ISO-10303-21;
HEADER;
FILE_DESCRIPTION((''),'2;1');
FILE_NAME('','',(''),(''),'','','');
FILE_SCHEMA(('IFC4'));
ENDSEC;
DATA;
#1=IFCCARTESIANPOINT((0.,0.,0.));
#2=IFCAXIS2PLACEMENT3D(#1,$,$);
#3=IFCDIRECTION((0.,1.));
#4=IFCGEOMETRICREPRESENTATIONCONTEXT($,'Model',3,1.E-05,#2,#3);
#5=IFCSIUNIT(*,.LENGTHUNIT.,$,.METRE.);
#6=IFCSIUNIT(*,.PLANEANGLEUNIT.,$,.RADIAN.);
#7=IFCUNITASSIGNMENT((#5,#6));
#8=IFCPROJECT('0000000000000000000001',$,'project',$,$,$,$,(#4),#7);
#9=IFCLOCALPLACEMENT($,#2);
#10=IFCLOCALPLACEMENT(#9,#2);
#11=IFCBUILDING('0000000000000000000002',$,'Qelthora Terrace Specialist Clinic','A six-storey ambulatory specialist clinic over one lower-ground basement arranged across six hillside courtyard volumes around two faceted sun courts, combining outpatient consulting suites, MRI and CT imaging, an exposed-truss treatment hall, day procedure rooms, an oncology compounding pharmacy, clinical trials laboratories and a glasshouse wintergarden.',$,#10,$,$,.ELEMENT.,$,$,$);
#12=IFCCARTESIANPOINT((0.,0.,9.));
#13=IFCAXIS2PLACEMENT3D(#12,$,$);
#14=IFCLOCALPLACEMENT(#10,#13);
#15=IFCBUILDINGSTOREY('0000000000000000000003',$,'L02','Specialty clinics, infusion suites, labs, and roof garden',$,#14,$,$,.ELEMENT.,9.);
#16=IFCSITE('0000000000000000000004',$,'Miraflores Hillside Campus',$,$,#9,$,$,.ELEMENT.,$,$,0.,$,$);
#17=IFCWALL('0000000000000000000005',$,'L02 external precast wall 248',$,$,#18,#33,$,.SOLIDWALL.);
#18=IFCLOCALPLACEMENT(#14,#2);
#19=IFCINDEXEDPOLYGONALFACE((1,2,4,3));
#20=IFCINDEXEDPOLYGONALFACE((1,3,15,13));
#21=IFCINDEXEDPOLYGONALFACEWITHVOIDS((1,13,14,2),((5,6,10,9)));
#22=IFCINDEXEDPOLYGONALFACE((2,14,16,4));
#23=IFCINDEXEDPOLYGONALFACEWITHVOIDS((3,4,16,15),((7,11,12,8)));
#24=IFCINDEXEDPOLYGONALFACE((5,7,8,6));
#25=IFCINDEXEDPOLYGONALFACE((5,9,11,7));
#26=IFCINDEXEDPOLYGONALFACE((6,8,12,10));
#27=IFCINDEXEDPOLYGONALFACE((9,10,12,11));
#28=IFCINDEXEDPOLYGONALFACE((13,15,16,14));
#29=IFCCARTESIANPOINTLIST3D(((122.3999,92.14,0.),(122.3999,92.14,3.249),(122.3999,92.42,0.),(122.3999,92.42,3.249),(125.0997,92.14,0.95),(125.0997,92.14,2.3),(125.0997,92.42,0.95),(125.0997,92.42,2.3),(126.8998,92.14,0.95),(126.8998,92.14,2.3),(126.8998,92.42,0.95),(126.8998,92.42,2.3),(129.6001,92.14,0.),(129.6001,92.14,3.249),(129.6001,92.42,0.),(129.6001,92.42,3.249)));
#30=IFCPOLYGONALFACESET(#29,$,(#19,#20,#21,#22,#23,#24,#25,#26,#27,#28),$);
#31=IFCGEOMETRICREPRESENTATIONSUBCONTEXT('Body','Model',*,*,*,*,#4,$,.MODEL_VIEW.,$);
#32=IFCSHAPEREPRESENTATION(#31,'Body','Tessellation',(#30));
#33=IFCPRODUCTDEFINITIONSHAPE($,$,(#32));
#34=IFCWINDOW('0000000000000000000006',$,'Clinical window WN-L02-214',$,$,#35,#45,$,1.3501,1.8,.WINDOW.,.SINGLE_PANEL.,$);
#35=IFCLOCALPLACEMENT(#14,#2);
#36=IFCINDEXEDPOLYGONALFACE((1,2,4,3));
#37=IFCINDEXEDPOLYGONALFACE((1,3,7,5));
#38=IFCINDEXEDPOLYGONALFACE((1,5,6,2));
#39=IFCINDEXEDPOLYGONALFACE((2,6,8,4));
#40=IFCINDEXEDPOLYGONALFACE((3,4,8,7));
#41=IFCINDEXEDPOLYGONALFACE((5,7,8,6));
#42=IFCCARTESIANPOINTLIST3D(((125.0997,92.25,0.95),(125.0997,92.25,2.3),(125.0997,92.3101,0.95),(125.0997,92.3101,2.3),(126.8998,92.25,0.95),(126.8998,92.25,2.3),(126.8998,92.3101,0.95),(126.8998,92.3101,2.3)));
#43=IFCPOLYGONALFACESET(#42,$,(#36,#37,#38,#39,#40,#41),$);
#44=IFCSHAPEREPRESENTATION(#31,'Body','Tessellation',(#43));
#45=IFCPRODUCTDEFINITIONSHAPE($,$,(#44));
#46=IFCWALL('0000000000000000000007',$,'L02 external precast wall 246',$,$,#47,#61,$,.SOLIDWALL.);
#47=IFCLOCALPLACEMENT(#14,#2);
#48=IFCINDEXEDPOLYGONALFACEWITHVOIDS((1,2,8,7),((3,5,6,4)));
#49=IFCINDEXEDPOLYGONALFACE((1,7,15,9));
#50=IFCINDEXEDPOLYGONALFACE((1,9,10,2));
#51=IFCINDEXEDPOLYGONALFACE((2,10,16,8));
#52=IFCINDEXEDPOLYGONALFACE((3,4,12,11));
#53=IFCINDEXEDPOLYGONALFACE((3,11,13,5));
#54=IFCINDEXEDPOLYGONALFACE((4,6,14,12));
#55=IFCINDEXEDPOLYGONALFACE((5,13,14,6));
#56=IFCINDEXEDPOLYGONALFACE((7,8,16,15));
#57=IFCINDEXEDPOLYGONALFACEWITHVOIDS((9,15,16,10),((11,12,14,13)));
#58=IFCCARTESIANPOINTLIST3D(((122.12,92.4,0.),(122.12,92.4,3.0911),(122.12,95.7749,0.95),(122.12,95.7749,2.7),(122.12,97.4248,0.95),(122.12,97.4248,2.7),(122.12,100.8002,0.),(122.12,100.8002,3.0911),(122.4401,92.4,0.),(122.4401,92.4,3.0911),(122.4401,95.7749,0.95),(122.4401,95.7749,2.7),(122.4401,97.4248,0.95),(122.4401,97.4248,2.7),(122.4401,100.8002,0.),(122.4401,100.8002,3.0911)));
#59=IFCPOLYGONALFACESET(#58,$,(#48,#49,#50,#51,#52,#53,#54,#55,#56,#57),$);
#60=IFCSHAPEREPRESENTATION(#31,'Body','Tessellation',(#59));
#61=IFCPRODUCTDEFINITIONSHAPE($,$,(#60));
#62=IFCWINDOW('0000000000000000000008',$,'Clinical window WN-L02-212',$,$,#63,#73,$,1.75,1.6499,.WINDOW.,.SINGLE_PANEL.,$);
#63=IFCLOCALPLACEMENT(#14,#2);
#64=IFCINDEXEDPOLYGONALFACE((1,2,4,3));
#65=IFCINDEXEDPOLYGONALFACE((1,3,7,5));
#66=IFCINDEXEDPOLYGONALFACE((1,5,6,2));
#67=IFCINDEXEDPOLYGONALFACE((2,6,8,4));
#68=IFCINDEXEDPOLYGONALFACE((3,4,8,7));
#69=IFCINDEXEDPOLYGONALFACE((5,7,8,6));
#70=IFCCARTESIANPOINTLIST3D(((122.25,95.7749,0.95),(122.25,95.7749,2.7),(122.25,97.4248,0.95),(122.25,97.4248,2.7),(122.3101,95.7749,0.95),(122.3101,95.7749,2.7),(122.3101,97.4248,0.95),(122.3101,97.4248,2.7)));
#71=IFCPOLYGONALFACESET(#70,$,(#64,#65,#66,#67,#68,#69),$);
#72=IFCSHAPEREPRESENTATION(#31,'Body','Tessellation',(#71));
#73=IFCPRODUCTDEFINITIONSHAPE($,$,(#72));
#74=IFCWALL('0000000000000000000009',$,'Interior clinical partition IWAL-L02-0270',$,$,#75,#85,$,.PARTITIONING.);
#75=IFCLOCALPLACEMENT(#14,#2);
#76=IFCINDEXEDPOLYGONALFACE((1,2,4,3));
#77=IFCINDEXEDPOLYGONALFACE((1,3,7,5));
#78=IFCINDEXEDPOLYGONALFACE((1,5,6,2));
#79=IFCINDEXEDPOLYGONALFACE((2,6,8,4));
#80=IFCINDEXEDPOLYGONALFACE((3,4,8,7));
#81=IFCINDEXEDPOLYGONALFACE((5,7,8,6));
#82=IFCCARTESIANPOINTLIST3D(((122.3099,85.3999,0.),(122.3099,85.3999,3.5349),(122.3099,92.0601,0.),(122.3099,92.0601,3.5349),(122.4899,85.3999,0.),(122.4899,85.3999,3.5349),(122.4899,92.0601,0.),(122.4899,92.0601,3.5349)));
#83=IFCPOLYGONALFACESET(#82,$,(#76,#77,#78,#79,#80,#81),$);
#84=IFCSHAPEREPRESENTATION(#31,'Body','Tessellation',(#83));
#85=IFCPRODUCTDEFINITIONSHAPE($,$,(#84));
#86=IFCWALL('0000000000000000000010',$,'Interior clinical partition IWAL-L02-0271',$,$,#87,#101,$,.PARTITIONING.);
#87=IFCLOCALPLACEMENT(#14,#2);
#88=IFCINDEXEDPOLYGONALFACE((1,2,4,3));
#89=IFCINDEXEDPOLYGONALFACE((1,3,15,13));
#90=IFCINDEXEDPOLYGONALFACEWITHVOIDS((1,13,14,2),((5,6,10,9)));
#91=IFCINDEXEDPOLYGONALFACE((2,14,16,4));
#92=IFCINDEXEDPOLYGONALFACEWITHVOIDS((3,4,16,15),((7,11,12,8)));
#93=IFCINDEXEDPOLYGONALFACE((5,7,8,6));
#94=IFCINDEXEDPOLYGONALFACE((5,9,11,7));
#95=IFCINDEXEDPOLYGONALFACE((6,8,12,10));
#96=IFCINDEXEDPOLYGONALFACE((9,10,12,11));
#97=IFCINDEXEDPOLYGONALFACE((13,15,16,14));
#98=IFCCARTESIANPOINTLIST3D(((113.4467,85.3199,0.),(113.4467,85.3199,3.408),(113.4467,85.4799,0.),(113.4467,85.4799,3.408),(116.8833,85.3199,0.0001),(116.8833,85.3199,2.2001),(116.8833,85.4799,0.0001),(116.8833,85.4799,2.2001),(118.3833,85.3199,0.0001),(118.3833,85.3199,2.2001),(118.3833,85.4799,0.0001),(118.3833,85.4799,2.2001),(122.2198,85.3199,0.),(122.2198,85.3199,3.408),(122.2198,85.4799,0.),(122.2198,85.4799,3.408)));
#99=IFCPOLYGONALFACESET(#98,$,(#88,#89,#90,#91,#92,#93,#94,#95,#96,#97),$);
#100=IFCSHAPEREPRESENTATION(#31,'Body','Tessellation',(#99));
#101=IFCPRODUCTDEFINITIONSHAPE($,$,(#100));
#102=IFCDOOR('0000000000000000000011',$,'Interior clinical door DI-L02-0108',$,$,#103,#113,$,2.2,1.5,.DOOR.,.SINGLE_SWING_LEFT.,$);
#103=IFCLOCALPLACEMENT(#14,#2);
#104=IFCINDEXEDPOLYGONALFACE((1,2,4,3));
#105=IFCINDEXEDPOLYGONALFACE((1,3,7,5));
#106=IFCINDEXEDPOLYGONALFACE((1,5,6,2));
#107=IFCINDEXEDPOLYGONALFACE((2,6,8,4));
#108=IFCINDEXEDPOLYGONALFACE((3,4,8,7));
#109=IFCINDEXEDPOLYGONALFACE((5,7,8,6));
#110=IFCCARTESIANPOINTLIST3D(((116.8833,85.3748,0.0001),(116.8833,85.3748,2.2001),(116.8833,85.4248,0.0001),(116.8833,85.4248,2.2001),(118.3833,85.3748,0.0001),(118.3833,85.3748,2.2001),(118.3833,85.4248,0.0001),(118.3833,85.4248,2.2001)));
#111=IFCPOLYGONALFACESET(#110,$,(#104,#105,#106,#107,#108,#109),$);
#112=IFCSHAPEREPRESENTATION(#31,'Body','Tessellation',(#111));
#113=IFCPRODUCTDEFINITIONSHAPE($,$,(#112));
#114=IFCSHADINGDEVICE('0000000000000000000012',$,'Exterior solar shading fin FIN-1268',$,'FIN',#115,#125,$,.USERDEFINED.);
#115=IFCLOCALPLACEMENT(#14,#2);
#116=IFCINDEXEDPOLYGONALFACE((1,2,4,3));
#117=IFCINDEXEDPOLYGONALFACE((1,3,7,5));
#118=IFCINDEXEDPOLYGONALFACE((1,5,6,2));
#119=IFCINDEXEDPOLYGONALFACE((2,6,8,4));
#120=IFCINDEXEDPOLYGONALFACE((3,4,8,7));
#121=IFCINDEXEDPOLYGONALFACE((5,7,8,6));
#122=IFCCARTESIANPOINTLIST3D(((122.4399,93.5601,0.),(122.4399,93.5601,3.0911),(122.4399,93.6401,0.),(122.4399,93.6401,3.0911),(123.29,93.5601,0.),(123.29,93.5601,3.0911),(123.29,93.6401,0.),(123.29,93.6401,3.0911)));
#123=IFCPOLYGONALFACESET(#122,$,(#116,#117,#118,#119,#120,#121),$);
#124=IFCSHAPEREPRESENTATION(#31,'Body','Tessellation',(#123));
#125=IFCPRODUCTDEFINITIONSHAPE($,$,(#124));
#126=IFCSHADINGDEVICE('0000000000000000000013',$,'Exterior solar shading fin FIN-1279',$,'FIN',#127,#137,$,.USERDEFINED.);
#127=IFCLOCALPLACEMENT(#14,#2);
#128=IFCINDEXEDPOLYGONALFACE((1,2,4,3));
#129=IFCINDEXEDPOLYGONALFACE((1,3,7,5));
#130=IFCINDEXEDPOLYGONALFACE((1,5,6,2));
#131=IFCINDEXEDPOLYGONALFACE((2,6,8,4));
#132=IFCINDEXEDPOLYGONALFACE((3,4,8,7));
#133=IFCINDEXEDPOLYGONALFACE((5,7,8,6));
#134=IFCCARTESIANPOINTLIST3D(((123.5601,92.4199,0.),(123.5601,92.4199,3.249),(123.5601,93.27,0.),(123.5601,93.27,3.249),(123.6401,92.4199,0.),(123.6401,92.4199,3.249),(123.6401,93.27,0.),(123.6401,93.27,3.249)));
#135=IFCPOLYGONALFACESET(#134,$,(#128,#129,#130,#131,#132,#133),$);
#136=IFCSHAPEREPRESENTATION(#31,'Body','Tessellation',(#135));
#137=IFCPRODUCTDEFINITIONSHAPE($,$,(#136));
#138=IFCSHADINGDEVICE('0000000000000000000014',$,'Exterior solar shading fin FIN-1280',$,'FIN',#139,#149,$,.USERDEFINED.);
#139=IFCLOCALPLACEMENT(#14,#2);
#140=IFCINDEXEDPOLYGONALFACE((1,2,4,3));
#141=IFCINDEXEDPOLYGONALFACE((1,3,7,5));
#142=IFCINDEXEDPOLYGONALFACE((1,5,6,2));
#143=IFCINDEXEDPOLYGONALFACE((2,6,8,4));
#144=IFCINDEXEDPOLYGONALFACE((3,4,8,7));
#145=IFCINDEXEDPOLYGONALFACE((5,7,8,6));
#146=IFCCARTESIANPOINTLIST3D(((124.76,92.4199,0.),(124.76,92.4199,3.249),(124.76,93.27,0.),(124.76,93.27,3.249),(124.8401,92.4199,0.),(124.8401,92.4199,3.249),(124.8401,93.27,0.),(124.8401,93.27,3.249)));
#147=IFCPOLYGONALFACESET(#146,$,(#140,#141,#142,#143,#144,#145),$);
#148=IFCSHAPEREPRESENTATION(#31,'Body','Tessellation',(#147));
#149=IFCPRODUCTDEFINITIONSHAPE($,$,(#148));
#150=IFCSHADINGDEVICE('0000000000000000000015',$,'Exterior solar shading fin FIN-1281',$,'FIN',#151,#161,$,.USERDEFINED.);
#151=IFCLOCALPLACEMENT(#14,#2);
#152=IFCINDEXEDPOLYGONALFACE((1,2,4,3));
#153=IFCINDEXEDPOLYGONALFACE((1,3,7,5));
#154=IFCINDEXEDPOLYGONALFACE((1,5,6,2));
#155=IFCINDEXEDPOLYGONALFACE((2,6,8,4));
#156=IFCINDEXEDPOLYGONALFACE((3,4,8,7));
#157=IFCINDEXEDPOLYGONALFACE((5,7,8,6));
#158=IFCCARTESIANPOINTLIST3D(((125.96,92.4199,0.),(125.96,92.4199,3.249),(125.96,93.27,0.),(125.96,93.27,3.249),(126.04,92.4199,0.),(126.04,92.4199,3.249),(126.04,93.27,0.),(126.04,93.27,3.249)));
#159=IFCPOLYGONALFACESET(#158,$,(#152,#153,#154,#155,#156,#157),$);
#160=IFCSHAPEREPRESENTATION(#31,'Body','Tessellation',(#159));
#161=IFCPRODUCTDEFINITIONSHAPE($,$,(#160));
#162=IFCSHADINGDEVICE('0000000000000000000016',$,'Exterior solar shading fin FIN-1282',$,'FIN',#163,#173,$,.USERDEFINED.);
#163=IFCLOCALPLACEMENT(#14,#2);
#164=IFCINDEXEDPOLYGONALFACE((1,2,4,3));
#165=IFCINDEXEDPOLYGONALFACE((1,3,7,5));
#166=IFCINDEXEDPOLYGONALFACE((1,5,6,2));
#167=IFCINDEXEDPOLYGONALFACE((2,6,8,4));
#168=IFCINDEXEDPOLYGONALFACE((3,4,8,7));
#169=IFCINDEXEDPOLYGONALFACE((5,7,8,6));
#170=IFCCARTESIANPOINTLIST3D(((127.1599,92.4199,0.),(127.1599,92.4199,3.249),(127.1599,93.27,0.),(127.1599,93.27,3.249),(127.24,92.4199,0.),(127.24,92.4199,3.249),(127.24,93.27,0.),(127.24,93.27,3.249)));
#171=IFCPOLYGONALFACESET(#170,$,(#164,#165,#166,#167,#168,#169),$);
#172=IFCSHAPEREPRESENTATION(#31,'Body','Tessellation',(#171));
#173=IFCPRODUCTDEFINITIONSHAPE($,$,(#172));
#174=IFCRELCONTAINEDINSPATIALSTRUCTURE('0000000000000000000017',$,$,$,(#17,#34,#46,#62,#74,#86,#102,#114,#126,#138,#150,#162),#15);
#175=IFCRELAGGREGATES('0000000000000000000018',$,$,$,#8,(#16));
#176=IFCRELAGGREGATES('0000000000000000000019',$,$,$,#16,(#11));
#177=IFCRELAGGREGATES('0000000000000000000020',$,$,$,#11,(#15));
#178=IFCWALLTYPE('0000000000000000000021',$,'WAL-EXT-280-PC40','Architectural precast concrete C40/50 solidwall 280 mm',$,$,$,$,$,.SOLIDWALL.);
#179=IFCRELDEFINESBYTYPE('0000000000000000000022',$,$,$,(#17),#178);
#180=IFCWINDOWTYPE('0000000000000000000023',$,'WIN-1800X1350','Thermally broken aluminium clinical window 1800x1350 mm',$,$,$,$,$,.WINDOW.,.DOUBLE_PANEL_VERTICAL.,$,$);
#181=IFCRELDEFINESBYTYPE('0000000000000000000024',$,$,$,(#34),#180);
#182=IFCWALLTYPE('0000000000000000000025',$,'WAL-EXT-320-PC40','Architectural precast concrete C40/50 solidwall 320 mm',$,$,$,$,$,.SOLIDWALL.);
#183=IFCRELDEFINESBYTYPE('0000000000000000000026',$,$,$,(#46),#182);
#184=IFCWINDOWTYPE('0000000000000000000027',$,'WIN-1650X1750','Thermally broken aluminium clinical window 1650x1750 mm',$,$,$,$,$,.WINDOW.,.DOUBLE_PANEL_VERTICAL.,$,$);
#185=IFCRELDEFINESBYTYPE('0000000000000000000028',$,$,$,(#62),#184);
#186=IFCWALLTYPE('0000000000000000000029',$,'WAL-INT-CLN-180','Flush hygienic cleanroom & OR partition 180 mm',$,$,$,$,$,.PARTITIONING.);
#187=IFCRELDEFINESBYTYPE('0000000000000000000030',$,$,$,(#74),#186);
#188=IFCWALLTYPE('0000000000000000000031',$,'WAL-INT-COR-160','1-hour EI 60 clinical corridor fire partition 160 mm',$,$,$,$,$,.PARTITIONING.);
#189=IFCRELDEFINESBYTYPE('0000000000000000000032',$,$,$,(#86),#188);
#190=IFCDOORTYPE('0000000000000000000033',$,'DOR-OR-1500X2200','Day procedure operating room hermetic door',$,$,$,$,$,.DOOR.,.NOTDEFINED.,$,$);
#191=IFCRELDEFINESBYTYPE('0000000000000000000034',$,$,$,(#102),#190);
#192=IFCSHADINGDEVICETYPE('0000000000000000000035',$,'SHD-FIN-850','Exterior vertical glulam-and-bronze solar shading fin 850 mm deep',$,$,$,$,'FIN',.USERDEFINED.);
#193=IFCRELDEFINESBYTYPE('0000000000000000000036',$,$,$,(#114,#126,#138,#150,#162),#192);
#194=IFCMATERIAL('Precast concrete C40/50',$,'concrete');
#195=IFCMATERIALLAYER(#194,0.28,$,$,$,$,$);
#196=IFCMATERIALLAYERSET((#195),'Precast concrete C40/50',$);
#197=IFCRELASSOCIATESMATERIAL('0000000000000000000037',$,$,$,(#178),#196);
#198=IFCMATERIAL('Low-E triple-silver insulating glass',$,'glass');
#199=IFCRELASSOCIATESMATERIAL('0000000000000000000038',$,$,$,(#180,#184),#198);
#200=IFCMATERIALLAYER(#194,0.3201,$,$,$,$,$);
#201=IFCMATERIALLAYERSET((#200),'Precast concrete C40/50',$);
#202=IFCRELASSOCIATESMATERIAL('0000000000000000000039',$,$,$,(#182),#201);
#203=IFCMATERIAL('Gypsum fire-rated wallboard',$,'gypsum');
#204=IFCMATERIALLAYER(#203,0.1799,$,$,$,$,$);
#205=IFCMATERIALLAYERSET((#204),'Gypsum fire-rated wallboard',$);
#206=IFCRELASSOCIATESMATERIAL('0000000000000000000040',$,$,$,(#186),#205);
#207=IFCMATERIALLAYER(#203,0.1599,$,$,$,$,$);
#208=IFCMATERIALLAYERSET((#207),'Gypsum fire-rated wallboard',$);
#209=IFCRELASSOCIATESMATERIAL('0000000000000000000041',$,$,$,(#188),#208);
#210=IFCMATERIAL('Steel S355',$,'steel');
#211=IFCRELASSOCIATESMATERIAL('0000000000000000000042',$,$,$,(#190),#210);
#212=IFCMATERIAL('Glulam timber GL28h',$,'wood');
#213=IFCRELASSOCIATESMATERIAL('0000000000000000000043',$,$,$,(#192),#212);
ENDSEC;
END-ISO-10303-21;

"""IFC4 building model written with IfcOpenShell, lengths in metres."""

from ifc_helpers import new_model, si_unit, direction, frame, frame_2d, origin, origin_2d, place, context, subcontext, project, spatial, rectangle, extrude, material, layer, layer_set, type_object, element, fill, save


model = new_model("IFC4")

# Units and contexts
model_context = context("Model", 3, precision=1e-05, world=origin(), true_north=direction((0.0, 1.0)))
body_context = subcontext(model_context, "Body", "Model", "MODEL_VIEW")
ifc_project = project(units=[si_unit("LENGTHUNIT", "METRE"), si_unit("PLANEANGLEUNIT", "RADIAN")], contexts=[model_context])

# Site, building, storey
site_placement = place(None, origin())
site = spatial("IfcSite", under=ifc_project, at=site_placement, Name="Miraflores Hillside Campus", CompositionType="ELEMENT", RefElevation=0.0)
building_placement = place(site_placement, origin())
building = spatial("IfcBuilding", under=site, at=building_placement, Name="Qelthora Terrace Specialist Clinic", Description="A six-storey ambulatory specialist clinic over one lower-ground basement arranged across six hillside courtyard volumes around two faceted sun courts, combining outpatient consulting suites, MRI and CT imaging, an exposed-truss treatment hall, day procedure rooms, an oncology compounding pharmacy, clinical trials laboratories and a glasshouse wintergarden.", CompositionType="ELEMENT")
storey_placement = place(building_placement, frame((0.0, 0.0, 9.0)))
storey = spatial("IfcBuildingStorey", under=building, at=storey_placement, Name="L02", Description="Specialty clinics, infusion suites, labs, and roof garden", CompositionType="ELEMENT", Elevation=9.0)

# Shared definitions
ifc_material_1 = material(Name="Steel S355", Category="steel")

# Walls, openings, windows
ifc_material_2 = material(Name="Precast concrete C40/50", Category="concrete")
ifc_layer_1 = layer(ifc_material_2, 0.28)
ifc_layer_set_1 = layer_set([ifc_layer_1], Name="Precast concrete C40/50")
wall_type_1 = type_object("IfcWallType", Name="WAL-EXT-280-PC40", Description="Architectural precast concrete C40/50 solidwall 280 mm", PredefinedType="SOLIDWALL", material=ifc_layer_set_1)
wall_1_placement = place(storey_placement, frame((122.3999, 92.28, 0.0), z_axis=(0.0, 0.0, 1.0), x_axis=(1.0, 0.0, 0.0)))
wall_1 = element("IfcWall", 1, at=wall_1_placement, inside=storey, type_object=wall_type_1, Name="L02 external precast wall 248", PredefinedType="SOLIDWALL", context=body_context, shape_type="SweptSolid", body=[
    extrude(rectangle(XDim=7.2002, YDim=0.28, at=frame_2d((3.6001, 0.0))), origin(), (0.0, 0.0, 1.0), 3.249),
])
opening_1_placement = place(wall_1_placement, frame((2.7, 0.0, 0.95)))
opening_1 = element("IfcOpeningElement", 2, at=opening_1_placement, cuts=wall_1, PredefinedType="OPENING", context=body_context, shape_type="SweptSolid", body=[
    extrude(rectangle(XDim=1.8, YDim=1.3501, at=frame_2d((0.8999, 0.675))), frame((0.0, 0.1499, 0.0), z_axis=(0.0, -1.0, 0.0), x_axis=(1.0, 0.0, 0.0)), (0.0, 0.0, 1.0), 0.3),
])
ifc_material_3 = material(Name="Low-E triple-silver insulating glass", Category="glass")
window_type_1 = type_object("IfcWindowType", Name="WIN-1800X1350", Description="Thermally broken aluminium clinical window 1800x1350 mm", PartitioningType="DOUBLE_PANEL_VERTICAL", PredefinedType="WINDOW", material=ifc_material_3)
window_1_placement = place(opening_1_placement, origin())
window_1 = element("IfcWindow", 3, at=window_1_placement, inside=storey, type_object=window_type_1, Name="Clinical window WN-L02-214", OverallHeight=1.3501, OverallWidth=1.8, PartitioningType="SINGLE_PANEL", PredefinedType="WINDOW", context=body_context, shape_type="SweptSolid", body=[
    extrude(rectangle(XDim=1.8, YDim=1.3501, at=frame_2d((0.8999, 0.675))), frame((0.0, 0.03, 0.0), z_axis=(0.0, -1.0, 0.0), x_axis=(1.0, 0.0, 0.0)), (0.0, 0.0, 1.0), 0.0601),
])
fill(opening_1, window_1)
ifc_layer_2 = layer(ifc_material_2, 0.3201)
ifc_layer_set_2 = layer_set([ifc_layer_2], Name="Precast concrete C40/50")
wall_type_2 = type_object("IfcWallType", Name="WAL-EXT-320-PC40", Description="Architectural precast concrete C40/50 solidwall 320 mm", PredefinedType="SOLIDWALL", material=ifc_layer_set_2)
wall_2_placement = place(storey_placement, frame((122.28, 92.3999, 0.0), z_axis=(0.0, 0.0, 1.0), x_axis=(0.0, 1.0, 0.0)))
wall_2 = element("IfcWall", 4, at=wall_2_placement, inside=storey, type_object=wall_type_2, Name="L02 external precast wall 246", PredefinedType="SOLIDWALL", context=body_context, shape_type="SweptSolid", body=[
    extrude(rectangle(XDim=8.4001, YDim=0.3201, at=frame_2d((4.2002, 0.0))), origin(), (0.0, 0.0, 1.0), 3.0911),
])
opening_2_placement = place(wall_2_placement, frame((3.375, 0.0, 0.95)))
opening_2 = element("IfcOpeningElement", 5, at=opening_2_placement, cuts=wall_2, PredefinedType="OPENING", context=body_context, shape_type="SweptSolid", body=[
    extrude(rectangle(XDim=1.6499, YDim=1.75, at=frame_2d((0.825, 0.875))), frame((0.0, 0.1699, 0.0), z_axis=(0.0, -1.0, 0.0), x_axis=(1.0, 0.0, 0.0)), (0.0, 0.0, 1.0), 0.3401),
])
window_type_2 = type_object("IfcWindowType", Name="WIN-1650X1750", Description="Thermally broken aluminium clinical window 1650x1750 mm", PartitioningType="DOUBLE_PANEL_VERTICAL", PredefinedType="WINDOW", material=ifc_material_3)
window_2_placement = place(opening_2_placement, origin())
window_2 = element("IfcWindow", 6, at=window_2_placement, inside=storey, type_object=window_type_2, Name="Clinical window WN-L02-212", OverallHeight=1.75, OverallWidth=1.6499, PartitioningType="SINGLE_PANEL", PredefinedType="WINDOW", context=body_context, shape_type="SweptSolid", body=[
    extrude(rectangle(XDim=1.6499, YDim=1.75, at=frame_2d((0.825, 0.875))), frame((0.0, 0.03, 0.0), z_axis=(0.0, -1.0, 0.0), x_axis=(1.0, 0.0, 0.0)), (0.0, 0.0, 1.0), 0.0601),
])
fill(opening_2, window_2)

# Wall
ifc_material_4 = material(Name="Gypsum fire-rated wallboard", Category="gypsum")
ifc_layer_3 = layer(ifc_material_4, 0.1799)
ifc_layer_set_3 = layer_set([ifc_layer_3], Name="Gypsum fire-rated wallboard")
wall_type_3 = type_object("IfcWallType", Name="WAL-INT-CLN-180", Description="Flush hygienic cleanroom & OR partition 180 mm", PredefinedType="PARTITIONING", material=ifc_layer_set_3)
wall_3_placement = place(storey_placement, frame((122.3999, 92.0601, 0.0), z_axis=(0.0, 0.0, 1.0), x_axis=(0.0, -1.0, 0.0)))
element("IfcWall", 7, at=wall_3_placement, inside=storey, type_object=wall_type_3, Name="Interior clinical partition IWAL-L02-0270", PredefinedType="PARTITIONING", context=body_context, shape_type="SweptSolid", body=[
    extrude(rectangle(XDim=6.6602, YDim=0.1799, at=frame_2d((3.3301, 0.0))), origin(), (0.0, 0.0, 1.0), 3.5349),
])

# Wall, opening, door
ifc_layer_4 = layer(ifc_material_4, 0.1599)
ifc_layer_set_4 = layer_set([ifc_layer_4], Name="Gypsum fire-rated wallboard")
wall_type_4 = type_object("IfcWallType", Name="WAL-INT-COR-160", Description="1-hour EI 60 clinical corridor fire partition 160 mm", PredefinedType="PARTITIONING", material=ifc_layer_set_4)
wall_4_placement = place(storey_placement, frame((122.22, 85.3999, 0.0), z_axis=(0.0, 0.0, 1.0), x_axis=(-1.0, 0.0, 0.0)))
wall_4 = element("IfcWall", 8, at=wall_4_placement, inside=storey, type_object=wall_type_4, Name="Interior clinical partition IWAL-L02-0271", PredefinedType="PARTITIONING", context=body_context, shape_type="SweptSolid", body=[
    extrude(rectangle(XDim=8.7732, YDim=0.1599, at=frame_2d((4.3867, 0.0))), origin(), (0.0, 0.0, 1.0), 3.408),
])
opening_3_placement = place(wall_4_placement, frame((3.8367, 0.0, 0.0)))
opening_3 = element("IfcOpeningElement", 9, at=opening_3_placement, cuts=wall_4, PredefinedType="OPENING", context=body_context, shape_type="SweptSolid", body=[
    extrude(rectangle(XDim=1.5, YDim=2.2, at=frame_2d((0.75, 1.1001))), frame((0.0, 0.0898, 0.0), z_axis=(0.0, -1.0, 0.0), x_axis=(1.0, 0.0, 0.0)), (0.0, 0.0, 1.0), 0.1799),
])
door_type = type_object("IfcDoorType", Name="DOR-OR-1500X2200", Description="Day procedure operating room hermetic door", OperationType="NOTDEFINED", PredefinedType="DOOR", material=ifc_material_1)
door_placement = place(opening_3_placement, frame((1.5, 0.0, 0.0), z_axis=(0.0, 0.0, 1.0), x_axis=(-1.0, 0.0, 0.0)))
door = element("IfcDoor", 10, at=door_placement, inside=storey, type_object=door_type, Name="Interior clinical door DI-L02-0108", OperationType="SINGLE_SWING_LEFT", OverallHeight=2.2, OverallWidth=1.5, PredefinedType="DOOR", context=body_context, shape_type="SweptSolid", body=[
    extrude(rectangle(XDim=1.5, YDim=2.2, at=frame_2d((0.75, 1.1001))), frame((0.0, 0.0249, 0.0), z_axis=(0.0, -1.0, 0.0), x_axis=(1.0, 0.0, 0.0)), (0.0, 0.0, 1.0), 0.05),
])
fill(opening_3, door)

# Shading devices
ifc_material_5 = material(Name="Glulam timber GL28h", Category="wood")
shading_device_type = type_object("IfcShadingDeviceType", Name="SHD-FIN-850", Description="Exterior vertical glulam-and-bronze solar shading fin 850 mm deep", ElementType="FIN", PredefinedType="USERDEFINED", material=ifc_material_5)
shading_device_placement = place(storey_placement, frame((122.865, 93.6001, 0.0), z_axis=(0.0, 0.0, 1.0), x_axis=(1.0, 0.0, 0.0)))
element("IfcShadingDevice", 11, at=shading_device_placement, inside=storey, type_object=shading_device_type, Name="Exterior solar shading fin FIN-1268", ObjectType="FIN", PredefinedType="USERDEFINED", context=body_context, shape_type="SweptSolid", body=[
    extrude(rectangle(XDim=0.8501, YDim=0.0801, at=origin_2d()), origin(), (0.0, 0.0, 1.0), 3.0911),
])
for number, where, z_axis, x_axis, name in (
    (12, (123.6001, 92.845, 0.0), (0.0, 0.0, 1.0), (0.0, 1.0, 0.0), "Exterior solar shading fin FIN-1279"),
    (13, (124.8, 92.845, 0.0), (0.0, 0.0, 1.0), (0.0, 1.0, 0.0), "Exterior solar shading fin FIN-1280"),
    (14, (126.0, 92.845, 0.0), (0.0, 0.0, 1.0), (0.0, 1.0, 0.0), "Exterior solar shading fin FIN-1281"),
    (15, (127.2, 92.845, 0.0), (0.0, 0.0, 1.0), (0.0, 1.0, 0.0), "Exterior solar shading fin FIN-1282"),
):
    element("IfcShadingDevice", number, at=place(storey_placement, frame(where, z_axis=z_axis, x_axis=x_axis)), inside=storey, type_object=shading_device_type, Name=name, ObjectType="FIN", PredefinedType="USERDEFINED", context=body_context, shape_type="SweptSolid", body=[
        extrude(rectangle(XDim=0.8501, YDim=0.0801, at=origin_2d()), origin(), (0.0, 0.0, 1.0), 3.249),
    ])

save(model, "model.ifc")
